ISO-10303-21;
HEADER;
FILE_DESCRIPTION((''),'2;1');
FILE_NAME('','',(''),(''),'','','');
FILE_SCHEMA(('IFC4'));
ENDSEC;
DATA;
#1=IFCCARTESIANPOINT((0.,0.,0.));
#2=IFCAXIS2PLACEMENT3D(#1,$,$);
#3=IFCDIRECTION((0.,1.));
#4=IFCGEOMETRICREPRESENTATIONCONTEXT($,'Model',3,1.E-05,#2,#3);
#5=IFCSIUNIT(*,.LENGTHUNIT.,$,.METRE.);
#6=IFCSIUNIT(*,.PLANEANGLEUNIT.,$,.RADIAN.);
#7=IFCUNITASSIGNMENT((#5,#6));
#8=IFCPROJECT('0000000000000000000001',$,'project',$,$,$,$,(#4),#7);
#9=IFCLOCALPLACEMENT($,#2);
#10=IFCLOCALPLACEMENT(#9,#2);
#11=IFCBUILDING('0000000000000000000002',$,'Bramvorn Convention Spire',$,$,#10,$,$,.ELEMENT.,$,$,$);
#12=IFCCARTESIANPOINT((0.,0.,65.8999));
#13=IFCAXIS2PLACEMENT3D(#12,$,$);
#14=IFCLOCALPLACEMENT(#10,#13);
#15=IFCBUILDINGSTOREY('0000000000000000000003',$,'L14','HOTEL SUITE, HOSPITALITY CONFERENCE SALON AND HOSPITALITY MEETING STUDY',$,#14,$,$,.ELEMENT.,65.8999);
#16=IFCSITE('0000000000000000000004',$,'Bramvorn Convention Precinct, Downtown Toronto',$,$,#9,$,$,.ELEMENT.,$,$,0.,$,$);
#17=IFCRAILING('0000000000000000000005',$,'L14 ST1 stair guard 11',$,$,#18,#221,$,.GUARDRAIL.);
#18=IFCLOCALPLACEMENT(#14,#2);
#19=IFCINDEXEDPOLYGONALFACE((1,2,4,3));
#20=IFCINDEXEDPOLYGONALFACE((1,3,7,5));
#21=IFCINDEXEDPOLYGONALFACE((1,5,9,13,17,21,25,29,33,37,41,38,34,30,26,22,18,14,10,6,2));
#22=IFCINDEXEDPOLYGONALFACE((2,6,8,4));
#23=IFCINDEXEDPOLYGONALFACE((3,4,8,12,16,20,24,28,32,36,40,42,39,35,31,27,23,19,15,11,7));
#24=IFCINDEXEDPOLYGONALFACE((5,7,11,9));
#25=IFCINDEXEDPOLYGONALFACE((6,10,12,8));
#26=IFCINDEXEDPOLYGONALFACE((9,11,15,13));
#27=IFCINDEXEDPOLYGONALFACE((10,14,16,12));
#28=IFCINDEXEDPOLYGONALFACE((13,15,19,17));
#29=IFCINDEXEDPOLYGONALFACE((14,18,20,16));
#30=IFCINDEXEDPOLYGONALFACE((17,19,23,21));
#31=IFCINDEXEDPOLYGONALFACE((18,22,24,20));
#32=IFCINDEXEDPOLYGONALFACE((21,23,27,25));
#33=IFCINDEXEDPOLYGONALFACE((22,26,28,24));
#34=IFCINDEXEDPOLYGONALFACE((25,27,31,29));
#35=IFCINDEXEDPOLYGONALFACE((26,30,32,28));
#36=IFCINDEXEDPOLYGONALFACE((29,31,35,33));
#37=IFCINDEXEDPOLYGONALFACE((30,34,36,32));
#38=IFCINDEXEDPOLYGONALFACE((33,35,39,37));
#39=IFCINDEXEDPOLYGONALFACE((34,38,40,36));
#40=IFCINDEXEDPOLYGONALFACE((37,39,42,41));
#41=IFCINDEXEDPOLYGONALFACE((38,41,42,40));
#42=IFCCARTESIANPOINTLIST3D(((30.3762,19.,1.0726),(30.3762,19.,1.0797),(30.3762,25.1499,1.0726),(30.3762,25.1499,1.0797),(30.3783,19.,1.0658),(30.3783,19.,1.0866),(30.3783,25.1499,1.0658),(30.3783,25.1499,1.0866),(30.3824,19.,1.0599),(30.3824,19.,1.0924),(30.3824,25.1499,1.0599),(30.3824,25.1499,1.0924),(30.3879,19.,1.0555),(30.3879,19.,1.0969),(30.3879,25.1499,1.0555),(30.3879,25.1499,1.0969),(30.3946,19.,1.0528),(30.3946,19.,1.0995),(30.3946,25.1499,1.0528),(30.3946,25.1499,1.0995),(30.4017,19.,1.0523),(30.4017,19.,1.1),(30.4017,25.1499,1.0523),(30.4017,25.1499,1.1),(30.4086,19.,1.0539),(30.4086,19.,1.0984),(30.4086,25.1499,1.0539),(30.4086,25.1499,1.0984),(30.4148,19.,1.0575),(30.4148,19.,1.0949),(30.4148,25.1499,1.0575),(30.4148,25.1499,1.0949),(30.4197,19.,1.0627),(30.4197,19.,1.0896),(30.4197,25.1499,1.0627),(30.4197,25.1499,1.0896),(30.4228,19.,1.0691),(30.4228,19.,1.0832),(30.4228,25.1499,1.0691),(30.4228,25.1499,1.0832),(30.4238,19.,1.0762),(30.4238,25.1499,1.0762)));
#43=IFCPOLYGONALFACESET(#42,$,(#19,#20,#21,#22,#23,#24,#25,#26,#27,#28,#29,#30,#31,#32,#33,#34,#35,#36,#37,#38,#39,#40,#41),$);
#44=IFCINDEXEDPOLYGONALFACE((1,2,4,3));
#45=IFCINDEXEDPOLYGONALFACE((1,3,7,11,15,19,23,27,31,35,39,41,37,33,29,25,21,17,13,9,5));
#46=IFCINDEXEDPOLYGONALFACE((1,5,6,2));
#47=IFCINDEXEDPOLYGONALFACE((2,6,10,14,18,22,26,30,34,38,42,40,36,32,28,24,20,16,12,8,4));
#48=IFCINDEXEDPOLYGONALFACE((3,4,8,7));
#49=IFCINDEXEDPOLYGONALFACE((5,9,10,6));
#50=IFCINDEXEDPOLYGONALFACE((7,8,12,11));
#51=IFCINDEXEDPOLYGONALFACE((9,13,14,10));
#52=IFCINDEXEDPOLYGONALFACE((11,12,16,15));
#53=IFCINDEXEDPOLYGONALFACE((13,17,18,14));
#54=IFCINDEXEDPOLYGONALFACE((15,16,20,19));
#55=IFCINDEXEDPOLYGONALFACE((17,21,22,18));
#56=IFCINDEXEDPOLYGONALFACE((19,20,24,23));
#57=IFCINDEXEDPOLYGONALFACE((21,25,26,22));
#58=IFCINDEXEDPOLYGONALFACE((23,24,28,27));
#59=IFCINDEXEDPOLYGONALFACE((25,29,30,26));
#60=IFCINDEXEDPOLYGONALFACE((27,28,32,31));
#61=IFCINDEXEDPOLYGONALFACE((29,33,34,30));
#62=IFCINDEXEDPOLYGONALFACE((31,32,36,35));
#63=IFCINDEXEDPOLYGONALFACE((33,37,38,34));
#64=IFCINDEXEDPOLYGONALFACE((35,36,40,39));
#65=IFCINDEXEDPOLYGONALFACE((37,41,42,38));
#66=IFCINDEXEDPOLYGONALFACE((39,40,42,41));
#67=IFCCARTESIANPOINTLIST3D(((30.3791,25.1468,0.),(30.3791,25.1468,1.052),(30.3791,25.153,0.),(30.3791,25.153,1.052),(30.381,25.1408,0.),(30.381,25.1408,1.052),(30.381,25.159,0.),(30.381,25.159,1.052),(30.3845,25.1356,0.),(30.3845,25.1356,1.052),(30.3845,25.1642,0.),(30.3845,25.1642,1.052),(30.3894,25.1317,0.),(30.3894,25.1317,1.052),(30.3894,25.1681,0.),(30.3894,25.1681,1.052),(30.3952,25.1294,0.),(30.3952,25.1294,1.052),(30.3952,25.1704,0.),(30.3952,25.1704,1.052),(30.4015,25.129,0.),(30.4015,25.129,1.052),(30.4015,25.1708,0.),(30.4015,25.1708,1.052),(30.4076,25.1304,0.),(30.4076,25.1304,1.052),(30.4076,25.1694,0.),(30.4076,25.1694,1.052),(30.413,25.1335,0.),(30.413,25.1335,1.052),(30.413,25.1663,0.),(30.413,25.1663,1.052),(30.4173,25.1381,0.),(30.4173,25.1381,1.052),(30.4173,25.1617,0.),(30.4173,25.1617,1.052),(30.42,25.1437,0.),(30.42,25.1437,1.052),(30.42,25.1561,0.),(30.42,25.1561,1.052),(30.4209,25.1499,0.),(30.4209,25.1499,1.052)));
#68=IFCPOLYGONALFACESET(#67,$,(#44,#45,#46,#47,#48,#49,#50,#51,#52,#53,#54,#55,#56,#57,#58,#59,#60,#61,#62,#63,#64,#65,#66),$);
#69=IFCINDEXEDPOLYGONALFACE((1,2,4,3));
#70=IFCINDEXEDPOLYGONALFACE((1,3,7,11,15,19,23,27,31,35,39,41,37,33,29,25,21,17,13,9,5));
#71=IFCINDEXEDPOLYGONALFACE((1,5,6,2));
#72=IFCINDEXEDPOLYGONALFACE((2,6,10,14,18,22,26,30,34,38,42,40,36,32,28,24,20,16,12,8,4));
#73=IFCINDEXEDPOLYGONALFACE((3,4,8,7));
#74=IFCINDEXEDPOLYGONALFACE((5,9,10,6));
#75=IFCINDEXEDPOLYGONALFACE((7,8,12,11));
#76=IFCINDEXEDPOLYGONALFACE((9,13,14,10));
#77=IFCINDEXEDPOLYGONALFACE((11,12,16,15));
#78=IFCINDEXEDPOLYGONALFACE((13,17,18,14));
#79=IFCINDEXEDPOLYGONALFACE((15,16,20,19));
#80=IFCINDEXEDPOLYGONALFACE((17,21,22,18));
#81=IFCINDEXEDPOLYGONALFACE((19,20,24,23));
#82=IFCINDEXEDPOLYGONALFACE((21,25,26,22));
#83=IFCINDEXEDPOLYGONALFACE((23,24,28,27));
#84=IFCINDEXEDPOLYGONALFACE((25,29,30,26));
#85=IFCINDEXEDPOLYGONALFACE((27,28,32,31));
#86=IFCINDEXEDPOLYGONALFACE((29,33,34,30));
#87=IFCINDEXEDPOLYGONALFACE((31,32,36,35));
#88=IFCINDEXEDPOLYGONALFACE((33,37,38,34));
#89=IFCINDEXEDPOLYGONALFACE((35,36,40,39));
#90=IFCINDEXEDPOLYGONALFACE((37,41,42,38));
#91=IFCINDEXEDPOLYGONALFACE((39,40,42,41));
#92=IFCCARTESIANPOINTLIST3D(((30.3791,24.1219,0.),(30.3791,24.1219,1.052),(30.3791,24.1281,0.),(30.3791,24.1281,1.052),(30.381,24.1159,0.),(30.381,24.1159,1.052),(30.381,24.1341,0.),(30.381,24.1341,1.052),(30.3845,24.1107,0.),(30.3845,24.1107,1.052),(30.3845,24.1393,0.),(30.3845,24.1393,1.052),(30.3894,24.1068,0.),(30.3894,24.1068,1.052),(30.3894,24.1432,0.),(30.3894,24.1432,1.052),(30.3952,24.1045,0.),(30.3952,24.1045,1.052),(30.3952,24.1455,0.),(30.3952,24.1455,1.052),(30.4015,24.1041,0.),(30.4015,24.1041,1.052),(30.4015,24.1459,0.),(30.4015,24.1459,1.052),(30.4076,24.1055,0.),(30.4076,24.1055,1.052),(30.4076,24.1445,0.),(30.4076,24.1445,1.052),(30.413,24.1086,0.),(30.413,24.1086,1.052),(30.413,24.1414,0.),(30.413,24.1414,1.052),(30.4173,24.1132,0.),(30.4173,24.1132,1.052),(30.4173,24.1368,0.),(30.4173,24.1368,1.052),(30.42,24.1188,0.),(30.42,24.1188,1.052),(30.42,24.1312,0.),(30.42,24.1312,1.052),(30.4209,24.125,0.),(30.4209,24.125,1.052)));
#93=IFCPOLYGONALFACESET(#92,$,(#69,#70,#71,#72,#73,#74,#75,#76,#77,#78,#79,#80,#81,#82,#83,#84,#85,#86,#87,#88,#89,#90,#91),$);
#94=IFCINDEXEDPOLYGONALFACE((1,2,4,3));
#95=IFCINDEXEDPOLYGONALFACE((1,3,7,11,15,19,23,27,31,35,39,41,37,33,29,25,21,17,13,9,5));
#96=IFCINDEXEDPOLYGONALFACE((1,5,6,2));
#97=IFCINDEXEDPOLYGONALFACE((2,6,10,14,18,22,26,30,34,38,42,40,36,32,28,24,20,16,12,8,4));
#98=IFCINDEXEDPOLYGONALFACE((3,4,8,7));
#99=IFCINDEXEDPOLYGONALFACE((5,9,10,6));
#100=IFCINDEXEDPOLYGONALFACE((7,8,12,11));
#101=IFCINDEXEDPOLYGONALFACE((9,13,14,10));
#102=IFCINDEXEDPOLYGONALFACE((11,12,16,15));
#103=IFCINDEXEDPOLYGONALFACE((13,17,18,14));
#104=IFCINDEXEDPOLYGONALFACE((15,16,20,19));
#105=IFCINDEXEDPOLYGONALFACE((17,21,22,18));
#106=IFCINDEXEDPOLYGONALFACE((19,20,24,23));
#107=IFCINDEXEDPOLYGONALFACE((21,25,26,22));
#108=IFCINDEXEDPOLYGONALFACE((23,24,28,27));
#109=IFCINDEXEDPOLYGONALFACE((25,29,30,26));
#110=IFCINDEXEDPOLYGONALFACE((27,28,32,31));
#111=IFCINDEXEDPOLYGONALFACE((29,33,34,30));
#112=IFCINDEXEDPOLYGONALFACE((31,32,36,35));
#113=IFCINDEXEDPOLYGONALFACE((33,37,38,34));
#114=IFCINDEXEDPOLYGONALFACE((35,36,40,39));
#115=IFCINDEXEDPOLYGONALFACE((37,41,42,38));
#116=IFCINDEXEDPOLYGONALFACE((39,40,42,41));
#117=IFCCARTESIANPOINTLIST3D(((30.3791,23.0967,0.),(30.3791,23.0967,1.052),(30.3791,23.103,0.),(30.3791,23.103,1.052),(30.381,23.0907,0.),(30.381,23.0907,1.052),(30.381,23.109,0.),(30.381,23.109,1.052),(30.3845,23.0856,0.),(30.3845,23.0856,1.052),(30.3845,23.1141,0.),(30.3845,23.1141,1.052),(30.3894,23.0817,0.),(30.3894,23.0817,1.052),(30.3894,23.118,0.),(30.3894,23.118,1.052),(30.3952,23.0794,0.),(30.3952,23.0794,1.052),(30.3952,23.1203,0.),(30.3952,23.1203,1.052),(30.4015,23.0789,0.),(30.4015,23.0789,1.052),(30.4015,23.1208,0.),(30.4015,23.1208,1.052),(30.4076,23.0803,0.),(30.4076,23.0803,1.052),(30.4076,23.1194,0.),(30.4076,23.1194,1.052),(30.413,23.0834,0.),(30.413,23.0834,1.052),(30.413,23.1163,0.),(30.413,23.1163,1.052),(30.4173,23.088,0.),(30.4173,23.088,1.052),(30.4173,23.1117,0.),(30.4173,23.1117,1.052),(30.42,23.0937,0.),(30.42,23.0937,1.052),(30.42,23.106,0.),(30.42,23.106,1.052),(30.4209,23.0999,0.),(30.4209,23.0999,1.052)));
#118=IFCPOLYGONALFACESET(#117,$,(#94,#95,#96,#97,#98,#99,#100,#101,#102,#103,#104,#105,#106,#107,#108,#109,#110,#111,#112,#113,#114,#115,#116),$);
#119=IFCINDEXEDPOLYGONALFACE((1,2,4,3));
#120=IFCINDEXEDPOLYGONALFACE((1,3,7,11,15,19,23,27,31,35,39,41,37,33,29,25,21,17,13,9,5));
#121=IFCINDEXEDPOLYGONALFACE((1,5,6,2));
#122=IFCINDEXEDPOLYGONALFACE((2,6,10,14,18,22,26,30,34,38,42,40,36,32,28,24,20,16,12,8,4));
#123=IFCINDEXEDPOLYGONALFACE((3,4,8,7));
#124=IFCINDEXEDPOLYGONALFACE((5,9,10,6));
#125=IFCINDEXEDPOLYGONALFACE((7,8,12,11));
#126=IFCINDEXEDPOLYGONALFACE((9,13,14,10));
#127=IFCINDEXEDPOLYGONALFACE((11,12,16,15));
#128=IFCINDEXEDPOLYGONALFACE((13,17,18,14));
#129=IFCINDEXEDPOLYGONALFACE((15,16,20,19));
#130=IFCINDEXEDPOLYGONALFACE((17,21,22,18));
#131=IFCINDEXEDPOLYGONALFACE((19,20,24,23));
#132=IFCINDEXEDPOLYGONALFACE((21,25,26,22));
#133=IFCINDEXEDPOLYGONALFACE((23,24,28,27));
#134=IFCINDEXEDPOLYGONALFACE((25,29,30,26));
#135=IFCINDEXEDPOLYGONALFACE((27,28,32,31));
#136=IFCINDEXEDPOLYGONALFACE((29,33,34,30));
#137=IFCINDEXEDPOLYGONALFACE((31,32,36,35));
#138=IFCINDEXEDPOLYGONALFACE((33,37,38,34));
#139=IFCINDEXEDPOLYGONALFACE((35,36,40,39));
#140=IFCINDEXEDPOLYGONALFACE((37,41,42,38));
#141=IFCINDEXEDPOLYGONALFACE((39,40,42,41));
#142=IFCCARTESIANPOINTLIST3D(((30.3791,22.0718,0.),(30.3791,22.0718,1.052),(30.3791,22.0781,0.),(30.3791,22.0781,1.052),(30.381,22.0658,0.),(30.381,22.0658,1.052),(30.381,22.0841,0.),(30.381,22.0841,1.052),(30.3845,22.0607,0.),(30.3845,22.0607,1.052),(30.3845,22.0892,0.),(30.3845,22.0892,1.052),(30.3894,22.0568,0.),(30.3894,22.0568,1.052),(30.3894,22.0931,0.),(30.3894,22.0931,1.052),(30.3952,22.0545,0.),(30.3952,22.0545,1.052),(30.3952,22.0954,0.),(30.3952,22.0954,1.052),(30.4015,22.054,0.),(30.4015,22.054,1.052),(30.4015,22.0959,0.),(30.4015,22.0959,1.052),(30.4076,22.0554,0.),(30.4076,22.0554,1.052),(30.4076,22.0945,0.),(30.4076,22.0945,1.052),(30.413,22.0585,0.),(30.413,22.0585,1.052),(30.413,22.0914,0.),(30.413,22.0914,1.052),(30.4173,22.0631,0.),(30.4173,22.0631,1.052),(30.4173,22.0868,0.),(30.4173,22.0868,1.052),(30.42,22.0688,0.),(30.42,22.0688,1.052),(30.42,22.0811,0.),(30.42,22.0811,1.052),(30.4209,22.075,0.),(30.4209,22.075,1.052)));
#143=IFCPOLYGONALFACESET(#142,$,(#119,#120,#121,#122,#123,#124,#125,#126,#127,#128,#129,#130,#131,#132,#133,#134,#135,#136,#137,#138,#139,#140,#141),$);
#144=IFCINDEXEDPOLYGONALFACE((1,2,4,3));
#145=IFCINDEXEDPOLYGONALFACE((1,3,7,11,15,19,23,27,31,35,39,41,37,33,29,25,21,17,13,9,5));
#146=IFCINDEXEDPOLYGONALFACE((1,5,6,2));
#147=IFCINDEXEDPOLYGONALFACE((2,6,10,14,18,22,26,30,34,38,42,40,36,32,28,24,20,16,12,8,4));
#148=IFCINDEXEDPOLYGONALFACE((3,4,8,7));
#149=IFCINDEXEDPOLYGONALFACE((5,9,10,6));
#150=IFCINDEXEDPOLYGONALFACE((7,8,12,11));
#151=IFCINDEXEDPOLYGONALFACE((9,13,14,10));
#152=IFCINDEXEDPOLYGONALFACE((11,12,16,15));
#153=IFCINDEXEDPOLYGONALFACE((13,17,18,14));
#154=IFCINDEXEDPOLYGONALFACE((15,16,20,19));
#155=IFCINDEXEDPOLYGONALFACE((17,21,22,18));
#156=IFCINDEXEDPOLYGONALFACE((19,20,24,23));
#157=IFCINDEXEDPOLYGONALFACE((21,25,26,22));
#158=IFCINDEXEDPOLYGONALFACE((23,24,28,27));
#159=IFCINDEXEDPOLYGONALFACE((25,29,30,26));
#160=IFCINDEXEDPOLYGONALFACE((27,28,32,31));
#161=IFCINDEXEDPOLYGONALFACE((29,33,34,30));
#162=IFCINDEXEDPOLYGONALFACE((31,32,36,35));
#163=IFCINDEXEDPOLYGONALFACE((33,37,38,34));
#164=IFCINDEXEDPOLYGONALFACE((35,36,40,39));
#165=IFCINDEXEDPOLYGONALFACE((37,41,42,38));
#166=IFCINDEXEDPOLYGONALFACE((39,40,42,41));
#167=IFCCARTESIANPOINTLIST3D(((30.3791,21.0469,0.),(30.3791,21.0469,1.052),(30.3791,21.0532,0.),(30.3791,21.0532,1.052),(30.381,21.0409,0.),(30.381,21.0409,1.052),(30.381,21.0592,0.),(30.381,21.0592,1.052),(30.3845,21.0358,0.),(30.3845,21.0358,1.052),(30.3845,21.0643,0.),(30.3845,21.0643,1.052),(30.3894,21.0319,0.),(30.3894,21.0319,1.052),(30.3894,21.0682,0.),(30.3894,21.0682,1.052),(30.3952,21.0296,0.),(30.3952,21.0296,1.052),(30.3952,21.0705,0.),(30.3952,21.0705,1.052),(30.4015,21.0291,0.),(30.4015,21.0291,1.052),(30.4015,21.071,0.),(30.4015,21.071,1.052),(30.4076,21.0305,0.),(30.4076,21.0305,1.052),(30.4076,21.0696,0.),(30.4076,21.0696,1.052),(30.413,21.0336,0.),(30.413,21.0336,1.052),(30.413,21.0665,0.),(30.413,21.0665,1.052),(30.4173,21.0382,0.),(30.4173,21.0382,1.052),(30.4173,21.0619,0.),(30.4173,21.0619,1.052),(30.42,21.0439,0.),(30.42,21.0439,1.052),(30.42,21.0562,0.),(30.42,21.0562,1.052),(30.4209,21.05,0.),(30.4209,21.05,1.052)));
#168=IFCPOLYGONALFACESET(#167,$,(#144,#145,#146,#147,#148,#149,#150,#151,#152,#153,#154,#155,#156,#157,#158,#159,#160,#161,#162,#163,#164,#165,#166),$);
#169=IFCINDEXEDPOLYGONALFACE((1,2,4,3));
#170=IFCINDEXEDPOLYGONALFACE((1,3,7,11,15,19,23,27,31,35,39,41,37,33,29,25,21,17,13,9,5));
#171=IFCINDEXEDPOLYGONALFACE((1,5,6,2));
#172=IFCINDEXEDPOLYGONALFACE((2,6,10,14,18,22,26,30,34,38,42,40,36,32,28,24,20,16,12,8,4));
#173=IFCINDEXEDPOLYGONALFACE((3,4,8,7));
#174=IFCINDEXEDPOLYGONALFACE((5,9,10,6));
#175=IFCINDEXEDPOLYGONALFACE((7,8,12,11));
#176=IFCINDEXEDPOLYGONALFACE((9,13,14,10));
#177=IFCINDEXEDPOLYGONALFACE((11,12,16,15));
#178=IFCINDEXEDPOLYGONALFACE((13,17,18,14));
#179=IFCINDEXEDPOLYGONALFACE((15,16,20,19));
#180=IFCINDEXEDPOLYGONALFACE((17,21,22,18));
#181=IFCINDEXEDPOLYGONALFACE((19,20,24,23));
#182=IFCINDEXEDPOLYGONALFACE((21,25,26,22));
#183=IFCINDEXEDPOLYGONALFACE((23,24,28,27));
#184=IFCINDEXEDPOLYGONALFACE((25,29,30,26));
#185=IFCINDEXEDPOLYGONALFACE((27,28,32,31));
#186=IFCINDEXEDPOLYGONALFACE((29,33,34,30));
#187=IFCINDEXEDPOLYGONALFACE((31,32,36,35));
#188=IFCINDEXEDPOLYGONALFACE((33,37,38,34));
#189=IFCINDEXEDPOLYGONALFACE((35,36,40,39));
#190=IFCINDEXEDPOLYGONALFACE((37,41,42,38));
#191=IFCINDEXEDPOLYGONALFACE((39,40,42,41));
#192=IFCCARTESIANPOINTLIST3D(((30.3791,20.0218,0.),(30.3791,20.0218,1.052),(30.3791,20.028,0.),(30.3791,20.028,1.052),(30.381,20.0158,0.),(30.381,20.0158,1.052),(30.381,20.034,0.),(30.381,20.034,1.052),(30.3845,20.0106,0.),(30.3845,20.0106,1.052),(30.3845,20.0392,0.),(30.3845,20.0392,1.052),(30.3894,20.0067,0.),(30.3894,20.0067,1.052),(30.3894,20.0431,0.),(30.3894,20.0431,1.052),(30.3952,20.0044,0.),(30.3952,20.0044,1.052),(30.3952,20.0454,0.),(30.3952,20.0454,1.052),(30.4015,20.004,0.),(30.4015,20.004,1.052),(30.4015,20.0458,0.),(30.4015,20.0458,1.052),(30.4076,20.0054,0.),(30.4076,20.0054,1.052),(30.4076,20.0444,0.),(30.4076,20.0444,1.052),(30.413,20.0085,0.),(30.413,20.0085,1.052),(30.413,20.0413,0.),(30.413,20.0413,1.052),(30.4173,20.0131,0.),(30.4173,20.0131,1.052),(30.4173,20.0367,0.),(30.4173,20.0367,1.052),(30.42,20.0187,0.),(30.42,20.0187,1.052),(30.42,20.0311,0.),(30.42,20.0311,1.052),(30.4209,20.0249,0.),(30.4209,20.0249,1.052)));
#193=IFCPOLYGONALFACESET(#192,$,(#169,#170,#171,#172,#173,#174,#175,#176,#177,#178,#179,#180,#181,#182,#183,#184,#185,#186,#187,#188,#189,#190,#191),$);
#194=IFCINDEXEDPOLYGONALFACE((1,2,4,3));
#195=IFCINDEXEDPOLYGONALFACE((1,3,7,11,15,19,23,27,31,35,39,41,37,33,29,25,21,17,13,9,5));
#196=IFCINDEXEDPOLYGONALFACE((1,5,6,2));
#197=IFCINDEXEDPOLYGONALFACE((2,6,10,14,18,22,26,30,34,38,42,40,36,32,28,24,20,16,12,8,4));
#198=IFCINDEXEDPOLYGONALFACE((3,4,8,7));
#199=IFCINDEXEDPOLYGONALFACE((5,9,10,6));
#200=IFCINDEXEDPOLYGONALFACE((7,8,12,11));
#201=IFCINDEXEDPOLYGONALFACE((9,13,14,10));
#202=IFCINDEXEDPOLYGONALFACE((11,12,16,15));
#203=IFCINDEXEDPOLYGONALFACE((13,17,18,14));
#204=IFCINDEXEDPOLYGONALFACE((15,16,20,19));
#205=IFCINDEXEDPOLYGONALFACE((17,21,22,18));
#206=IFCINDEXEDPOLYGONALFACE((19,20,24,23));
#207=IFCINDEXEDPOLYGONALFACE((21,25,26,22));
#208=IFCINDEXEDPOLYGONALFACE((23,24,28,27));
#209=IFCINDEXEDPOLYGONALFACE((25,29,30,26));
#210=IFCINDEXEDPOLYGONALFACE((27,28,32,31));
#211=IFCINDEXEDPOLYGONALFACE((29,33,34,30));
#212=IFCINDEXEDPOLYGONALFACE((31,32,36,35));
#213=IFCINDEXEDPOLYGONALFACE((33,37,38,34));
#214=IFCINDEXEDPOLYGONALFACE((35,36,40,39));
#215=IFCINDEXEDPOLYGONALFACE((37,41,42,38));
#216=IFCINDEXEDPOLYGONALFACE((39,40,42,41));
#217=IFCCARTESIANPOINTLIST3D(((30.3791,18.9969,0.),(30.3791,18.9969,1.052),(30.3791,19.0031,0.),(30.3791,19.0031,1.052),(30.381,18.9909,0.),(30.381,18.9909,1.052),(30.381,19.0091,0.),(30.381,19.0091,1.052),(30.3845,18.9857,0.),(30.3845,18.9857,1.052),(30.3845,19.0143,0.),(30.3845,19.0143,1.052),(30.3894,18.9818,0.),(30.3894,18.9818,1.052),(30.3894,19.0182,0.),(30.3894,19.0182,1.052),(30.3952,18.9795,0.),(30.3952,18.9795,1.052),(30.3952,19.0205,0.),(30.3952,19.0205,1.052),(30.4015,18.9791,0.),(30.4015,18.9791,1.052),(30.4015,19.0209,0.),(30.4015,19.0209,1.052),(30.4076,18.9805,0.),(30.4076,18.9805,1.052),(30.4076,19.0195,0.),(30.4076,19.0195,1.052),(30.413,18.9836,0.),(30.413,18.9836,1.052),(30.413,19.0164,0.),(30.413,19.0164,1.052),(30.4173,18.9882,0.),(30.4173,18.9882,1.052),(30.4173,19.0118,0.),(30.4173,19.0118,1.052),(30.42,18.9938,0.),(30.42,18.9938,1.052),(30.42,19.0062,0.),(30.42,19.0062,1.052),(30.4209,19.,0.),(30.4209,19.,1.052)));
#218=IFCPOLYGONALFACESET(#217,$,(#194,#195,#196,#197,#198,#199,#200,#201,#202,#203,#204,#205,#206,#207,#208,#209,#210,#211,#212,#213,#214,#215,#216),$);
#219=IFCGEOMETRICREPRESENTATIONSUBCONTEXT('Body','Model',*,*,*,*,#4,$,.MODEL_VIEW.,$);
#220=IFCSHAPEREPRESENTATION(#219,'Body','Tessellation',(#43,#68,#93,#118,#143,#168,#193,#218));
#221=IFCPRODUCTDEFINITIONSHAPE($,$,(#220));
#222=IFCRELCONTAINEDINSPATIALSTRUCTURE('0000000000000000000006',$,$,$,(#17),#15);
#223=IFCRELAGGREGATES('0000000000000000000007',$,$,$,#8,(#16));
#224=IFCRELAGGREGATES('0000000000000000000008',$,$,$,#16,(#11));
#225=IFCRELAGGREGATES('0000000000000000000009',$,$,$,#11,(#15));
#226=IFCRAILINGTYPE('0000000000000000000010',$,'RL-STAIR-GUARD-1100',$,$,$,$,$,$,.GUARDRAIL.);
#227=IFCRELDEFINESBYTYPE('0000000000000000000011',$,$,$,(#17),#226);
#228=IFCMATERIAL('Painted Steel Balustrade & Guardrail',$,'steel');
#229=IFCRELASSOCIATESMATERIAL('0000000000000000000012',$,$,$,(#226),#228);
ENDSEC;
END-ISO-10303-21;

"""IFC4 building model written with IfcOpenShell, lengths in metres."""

from ifc_helpers import new_model, si_unit, direction, frame, origin, origin_2d, place, context, subcontext, project, spatial, circle, extrude, material, type_object, element, save


model = new_model("IFC4")

# Units and contexts
model_context = context("Model", 3, precision=1e-05, world=origin(), true_north=direction((0.0, 1.0)))
body_context = subcontext(model_context, "Body", "Model", "MODEL_VIEW")
ifc_project = project(units=[si_unit("LENGTHUNIT", "METRE"), si_unit("PLANEANGLEUNIT", "RADIAN")], contexts=[model_context])

# Site, building, storey
site_placement = place(None, origin())
site = spatial("IfcSite", under=ifc_project, at=site_placement, Name="Bramvorn Convention Precinct, Downtown Toronto", CompositionType="ELEMENT", RefElevation=0.0)
building_placement = place(site_placement, origin())
building = spatial("IfcBuilding", under=site, at=building_placement, Name="Bramvorn Convention Spire", CompositionType="ELEMENT")
storey_placement = place(building_placement, frame((0.0, 0.0, 65.8999)))
storey = spatial("IfcBuildingStorey", under=building, at=storey_placement, Name="L14", Description="HOTEL SUITE, HOSPITALITY CONFERENCE SALON AND HOSPITALITY MEETING STUDY", CompositionType="ELEMENT", Elevation=65.8999)

# Railing
ifc_material_1 = material(Name="Painted Steel Balustrade & Guardrail", Category="steel")
railing_type_1 = type_object("IfcRailingType", Name="RL-STAIR-GUARD-1100", PredefinedType="GUARDRAIL", material=ifc_material_1)
railing_1_placement = place(storey_placement, frame((30.3999, 25.1499, 0.0)))
element("IfcRailing", 1, at=railing_1_placement, inside=storey, type_object=railing_type_1, Name="L14 ST1 stair guard 11", PredefinedType="GUARDRAIL", context=body_context, shape_type="SweptSolid", body=[
    extrude(circle(Radius=0.0239, at=origin_2d()), frame((0.0, 0.0, 1.0762), z_axis=(0.0, -1.0, 0.0), x_axis=(1.0, 0.0, 0.0)), (0.0, 0.0, 1.0), 6.1499),
    extrude(circle(Radius=0.021, at=origin_2d()), origin(), (0.0, 0.0, 1.0), 1.052),
    extrude(circle(Radius=0.021, at=origin_2d()), frame((0.0, -1.0249, 0.0)), (0.0, 0.0, 1.0), 1.052),
    extrude(circle(Radius=0.021, at=origin_2d()), frame((0.0, -2.05, 0.0)), (0.0, 0.0, 1.0), 1.052),
    extrude(circle(Radius=0.021, at=origin_2d()), frame((0.0, -3.075, 0.0)), (0.0, 0.0, 1.0), 1.052),
    extrude(circle(Radius=0.021, at=origin_2d()), frame((0.0, -4.0999, 0.0)), (0.0, 0.0, 1.0), 1.052),
    extrude(circle(Radius=0.021, at=origin_2d()), frame((0.0, -5.125, 0.0)), (0.0, 0.0, 1.0), 1.052),
    extrude(circle(Radius=0.021, at=origin_2d()), frame((0.0, -6.1499, 0.0)), (0.0, 0.0, 1.0), 1.052),
])

save(model, "model.ifc")
